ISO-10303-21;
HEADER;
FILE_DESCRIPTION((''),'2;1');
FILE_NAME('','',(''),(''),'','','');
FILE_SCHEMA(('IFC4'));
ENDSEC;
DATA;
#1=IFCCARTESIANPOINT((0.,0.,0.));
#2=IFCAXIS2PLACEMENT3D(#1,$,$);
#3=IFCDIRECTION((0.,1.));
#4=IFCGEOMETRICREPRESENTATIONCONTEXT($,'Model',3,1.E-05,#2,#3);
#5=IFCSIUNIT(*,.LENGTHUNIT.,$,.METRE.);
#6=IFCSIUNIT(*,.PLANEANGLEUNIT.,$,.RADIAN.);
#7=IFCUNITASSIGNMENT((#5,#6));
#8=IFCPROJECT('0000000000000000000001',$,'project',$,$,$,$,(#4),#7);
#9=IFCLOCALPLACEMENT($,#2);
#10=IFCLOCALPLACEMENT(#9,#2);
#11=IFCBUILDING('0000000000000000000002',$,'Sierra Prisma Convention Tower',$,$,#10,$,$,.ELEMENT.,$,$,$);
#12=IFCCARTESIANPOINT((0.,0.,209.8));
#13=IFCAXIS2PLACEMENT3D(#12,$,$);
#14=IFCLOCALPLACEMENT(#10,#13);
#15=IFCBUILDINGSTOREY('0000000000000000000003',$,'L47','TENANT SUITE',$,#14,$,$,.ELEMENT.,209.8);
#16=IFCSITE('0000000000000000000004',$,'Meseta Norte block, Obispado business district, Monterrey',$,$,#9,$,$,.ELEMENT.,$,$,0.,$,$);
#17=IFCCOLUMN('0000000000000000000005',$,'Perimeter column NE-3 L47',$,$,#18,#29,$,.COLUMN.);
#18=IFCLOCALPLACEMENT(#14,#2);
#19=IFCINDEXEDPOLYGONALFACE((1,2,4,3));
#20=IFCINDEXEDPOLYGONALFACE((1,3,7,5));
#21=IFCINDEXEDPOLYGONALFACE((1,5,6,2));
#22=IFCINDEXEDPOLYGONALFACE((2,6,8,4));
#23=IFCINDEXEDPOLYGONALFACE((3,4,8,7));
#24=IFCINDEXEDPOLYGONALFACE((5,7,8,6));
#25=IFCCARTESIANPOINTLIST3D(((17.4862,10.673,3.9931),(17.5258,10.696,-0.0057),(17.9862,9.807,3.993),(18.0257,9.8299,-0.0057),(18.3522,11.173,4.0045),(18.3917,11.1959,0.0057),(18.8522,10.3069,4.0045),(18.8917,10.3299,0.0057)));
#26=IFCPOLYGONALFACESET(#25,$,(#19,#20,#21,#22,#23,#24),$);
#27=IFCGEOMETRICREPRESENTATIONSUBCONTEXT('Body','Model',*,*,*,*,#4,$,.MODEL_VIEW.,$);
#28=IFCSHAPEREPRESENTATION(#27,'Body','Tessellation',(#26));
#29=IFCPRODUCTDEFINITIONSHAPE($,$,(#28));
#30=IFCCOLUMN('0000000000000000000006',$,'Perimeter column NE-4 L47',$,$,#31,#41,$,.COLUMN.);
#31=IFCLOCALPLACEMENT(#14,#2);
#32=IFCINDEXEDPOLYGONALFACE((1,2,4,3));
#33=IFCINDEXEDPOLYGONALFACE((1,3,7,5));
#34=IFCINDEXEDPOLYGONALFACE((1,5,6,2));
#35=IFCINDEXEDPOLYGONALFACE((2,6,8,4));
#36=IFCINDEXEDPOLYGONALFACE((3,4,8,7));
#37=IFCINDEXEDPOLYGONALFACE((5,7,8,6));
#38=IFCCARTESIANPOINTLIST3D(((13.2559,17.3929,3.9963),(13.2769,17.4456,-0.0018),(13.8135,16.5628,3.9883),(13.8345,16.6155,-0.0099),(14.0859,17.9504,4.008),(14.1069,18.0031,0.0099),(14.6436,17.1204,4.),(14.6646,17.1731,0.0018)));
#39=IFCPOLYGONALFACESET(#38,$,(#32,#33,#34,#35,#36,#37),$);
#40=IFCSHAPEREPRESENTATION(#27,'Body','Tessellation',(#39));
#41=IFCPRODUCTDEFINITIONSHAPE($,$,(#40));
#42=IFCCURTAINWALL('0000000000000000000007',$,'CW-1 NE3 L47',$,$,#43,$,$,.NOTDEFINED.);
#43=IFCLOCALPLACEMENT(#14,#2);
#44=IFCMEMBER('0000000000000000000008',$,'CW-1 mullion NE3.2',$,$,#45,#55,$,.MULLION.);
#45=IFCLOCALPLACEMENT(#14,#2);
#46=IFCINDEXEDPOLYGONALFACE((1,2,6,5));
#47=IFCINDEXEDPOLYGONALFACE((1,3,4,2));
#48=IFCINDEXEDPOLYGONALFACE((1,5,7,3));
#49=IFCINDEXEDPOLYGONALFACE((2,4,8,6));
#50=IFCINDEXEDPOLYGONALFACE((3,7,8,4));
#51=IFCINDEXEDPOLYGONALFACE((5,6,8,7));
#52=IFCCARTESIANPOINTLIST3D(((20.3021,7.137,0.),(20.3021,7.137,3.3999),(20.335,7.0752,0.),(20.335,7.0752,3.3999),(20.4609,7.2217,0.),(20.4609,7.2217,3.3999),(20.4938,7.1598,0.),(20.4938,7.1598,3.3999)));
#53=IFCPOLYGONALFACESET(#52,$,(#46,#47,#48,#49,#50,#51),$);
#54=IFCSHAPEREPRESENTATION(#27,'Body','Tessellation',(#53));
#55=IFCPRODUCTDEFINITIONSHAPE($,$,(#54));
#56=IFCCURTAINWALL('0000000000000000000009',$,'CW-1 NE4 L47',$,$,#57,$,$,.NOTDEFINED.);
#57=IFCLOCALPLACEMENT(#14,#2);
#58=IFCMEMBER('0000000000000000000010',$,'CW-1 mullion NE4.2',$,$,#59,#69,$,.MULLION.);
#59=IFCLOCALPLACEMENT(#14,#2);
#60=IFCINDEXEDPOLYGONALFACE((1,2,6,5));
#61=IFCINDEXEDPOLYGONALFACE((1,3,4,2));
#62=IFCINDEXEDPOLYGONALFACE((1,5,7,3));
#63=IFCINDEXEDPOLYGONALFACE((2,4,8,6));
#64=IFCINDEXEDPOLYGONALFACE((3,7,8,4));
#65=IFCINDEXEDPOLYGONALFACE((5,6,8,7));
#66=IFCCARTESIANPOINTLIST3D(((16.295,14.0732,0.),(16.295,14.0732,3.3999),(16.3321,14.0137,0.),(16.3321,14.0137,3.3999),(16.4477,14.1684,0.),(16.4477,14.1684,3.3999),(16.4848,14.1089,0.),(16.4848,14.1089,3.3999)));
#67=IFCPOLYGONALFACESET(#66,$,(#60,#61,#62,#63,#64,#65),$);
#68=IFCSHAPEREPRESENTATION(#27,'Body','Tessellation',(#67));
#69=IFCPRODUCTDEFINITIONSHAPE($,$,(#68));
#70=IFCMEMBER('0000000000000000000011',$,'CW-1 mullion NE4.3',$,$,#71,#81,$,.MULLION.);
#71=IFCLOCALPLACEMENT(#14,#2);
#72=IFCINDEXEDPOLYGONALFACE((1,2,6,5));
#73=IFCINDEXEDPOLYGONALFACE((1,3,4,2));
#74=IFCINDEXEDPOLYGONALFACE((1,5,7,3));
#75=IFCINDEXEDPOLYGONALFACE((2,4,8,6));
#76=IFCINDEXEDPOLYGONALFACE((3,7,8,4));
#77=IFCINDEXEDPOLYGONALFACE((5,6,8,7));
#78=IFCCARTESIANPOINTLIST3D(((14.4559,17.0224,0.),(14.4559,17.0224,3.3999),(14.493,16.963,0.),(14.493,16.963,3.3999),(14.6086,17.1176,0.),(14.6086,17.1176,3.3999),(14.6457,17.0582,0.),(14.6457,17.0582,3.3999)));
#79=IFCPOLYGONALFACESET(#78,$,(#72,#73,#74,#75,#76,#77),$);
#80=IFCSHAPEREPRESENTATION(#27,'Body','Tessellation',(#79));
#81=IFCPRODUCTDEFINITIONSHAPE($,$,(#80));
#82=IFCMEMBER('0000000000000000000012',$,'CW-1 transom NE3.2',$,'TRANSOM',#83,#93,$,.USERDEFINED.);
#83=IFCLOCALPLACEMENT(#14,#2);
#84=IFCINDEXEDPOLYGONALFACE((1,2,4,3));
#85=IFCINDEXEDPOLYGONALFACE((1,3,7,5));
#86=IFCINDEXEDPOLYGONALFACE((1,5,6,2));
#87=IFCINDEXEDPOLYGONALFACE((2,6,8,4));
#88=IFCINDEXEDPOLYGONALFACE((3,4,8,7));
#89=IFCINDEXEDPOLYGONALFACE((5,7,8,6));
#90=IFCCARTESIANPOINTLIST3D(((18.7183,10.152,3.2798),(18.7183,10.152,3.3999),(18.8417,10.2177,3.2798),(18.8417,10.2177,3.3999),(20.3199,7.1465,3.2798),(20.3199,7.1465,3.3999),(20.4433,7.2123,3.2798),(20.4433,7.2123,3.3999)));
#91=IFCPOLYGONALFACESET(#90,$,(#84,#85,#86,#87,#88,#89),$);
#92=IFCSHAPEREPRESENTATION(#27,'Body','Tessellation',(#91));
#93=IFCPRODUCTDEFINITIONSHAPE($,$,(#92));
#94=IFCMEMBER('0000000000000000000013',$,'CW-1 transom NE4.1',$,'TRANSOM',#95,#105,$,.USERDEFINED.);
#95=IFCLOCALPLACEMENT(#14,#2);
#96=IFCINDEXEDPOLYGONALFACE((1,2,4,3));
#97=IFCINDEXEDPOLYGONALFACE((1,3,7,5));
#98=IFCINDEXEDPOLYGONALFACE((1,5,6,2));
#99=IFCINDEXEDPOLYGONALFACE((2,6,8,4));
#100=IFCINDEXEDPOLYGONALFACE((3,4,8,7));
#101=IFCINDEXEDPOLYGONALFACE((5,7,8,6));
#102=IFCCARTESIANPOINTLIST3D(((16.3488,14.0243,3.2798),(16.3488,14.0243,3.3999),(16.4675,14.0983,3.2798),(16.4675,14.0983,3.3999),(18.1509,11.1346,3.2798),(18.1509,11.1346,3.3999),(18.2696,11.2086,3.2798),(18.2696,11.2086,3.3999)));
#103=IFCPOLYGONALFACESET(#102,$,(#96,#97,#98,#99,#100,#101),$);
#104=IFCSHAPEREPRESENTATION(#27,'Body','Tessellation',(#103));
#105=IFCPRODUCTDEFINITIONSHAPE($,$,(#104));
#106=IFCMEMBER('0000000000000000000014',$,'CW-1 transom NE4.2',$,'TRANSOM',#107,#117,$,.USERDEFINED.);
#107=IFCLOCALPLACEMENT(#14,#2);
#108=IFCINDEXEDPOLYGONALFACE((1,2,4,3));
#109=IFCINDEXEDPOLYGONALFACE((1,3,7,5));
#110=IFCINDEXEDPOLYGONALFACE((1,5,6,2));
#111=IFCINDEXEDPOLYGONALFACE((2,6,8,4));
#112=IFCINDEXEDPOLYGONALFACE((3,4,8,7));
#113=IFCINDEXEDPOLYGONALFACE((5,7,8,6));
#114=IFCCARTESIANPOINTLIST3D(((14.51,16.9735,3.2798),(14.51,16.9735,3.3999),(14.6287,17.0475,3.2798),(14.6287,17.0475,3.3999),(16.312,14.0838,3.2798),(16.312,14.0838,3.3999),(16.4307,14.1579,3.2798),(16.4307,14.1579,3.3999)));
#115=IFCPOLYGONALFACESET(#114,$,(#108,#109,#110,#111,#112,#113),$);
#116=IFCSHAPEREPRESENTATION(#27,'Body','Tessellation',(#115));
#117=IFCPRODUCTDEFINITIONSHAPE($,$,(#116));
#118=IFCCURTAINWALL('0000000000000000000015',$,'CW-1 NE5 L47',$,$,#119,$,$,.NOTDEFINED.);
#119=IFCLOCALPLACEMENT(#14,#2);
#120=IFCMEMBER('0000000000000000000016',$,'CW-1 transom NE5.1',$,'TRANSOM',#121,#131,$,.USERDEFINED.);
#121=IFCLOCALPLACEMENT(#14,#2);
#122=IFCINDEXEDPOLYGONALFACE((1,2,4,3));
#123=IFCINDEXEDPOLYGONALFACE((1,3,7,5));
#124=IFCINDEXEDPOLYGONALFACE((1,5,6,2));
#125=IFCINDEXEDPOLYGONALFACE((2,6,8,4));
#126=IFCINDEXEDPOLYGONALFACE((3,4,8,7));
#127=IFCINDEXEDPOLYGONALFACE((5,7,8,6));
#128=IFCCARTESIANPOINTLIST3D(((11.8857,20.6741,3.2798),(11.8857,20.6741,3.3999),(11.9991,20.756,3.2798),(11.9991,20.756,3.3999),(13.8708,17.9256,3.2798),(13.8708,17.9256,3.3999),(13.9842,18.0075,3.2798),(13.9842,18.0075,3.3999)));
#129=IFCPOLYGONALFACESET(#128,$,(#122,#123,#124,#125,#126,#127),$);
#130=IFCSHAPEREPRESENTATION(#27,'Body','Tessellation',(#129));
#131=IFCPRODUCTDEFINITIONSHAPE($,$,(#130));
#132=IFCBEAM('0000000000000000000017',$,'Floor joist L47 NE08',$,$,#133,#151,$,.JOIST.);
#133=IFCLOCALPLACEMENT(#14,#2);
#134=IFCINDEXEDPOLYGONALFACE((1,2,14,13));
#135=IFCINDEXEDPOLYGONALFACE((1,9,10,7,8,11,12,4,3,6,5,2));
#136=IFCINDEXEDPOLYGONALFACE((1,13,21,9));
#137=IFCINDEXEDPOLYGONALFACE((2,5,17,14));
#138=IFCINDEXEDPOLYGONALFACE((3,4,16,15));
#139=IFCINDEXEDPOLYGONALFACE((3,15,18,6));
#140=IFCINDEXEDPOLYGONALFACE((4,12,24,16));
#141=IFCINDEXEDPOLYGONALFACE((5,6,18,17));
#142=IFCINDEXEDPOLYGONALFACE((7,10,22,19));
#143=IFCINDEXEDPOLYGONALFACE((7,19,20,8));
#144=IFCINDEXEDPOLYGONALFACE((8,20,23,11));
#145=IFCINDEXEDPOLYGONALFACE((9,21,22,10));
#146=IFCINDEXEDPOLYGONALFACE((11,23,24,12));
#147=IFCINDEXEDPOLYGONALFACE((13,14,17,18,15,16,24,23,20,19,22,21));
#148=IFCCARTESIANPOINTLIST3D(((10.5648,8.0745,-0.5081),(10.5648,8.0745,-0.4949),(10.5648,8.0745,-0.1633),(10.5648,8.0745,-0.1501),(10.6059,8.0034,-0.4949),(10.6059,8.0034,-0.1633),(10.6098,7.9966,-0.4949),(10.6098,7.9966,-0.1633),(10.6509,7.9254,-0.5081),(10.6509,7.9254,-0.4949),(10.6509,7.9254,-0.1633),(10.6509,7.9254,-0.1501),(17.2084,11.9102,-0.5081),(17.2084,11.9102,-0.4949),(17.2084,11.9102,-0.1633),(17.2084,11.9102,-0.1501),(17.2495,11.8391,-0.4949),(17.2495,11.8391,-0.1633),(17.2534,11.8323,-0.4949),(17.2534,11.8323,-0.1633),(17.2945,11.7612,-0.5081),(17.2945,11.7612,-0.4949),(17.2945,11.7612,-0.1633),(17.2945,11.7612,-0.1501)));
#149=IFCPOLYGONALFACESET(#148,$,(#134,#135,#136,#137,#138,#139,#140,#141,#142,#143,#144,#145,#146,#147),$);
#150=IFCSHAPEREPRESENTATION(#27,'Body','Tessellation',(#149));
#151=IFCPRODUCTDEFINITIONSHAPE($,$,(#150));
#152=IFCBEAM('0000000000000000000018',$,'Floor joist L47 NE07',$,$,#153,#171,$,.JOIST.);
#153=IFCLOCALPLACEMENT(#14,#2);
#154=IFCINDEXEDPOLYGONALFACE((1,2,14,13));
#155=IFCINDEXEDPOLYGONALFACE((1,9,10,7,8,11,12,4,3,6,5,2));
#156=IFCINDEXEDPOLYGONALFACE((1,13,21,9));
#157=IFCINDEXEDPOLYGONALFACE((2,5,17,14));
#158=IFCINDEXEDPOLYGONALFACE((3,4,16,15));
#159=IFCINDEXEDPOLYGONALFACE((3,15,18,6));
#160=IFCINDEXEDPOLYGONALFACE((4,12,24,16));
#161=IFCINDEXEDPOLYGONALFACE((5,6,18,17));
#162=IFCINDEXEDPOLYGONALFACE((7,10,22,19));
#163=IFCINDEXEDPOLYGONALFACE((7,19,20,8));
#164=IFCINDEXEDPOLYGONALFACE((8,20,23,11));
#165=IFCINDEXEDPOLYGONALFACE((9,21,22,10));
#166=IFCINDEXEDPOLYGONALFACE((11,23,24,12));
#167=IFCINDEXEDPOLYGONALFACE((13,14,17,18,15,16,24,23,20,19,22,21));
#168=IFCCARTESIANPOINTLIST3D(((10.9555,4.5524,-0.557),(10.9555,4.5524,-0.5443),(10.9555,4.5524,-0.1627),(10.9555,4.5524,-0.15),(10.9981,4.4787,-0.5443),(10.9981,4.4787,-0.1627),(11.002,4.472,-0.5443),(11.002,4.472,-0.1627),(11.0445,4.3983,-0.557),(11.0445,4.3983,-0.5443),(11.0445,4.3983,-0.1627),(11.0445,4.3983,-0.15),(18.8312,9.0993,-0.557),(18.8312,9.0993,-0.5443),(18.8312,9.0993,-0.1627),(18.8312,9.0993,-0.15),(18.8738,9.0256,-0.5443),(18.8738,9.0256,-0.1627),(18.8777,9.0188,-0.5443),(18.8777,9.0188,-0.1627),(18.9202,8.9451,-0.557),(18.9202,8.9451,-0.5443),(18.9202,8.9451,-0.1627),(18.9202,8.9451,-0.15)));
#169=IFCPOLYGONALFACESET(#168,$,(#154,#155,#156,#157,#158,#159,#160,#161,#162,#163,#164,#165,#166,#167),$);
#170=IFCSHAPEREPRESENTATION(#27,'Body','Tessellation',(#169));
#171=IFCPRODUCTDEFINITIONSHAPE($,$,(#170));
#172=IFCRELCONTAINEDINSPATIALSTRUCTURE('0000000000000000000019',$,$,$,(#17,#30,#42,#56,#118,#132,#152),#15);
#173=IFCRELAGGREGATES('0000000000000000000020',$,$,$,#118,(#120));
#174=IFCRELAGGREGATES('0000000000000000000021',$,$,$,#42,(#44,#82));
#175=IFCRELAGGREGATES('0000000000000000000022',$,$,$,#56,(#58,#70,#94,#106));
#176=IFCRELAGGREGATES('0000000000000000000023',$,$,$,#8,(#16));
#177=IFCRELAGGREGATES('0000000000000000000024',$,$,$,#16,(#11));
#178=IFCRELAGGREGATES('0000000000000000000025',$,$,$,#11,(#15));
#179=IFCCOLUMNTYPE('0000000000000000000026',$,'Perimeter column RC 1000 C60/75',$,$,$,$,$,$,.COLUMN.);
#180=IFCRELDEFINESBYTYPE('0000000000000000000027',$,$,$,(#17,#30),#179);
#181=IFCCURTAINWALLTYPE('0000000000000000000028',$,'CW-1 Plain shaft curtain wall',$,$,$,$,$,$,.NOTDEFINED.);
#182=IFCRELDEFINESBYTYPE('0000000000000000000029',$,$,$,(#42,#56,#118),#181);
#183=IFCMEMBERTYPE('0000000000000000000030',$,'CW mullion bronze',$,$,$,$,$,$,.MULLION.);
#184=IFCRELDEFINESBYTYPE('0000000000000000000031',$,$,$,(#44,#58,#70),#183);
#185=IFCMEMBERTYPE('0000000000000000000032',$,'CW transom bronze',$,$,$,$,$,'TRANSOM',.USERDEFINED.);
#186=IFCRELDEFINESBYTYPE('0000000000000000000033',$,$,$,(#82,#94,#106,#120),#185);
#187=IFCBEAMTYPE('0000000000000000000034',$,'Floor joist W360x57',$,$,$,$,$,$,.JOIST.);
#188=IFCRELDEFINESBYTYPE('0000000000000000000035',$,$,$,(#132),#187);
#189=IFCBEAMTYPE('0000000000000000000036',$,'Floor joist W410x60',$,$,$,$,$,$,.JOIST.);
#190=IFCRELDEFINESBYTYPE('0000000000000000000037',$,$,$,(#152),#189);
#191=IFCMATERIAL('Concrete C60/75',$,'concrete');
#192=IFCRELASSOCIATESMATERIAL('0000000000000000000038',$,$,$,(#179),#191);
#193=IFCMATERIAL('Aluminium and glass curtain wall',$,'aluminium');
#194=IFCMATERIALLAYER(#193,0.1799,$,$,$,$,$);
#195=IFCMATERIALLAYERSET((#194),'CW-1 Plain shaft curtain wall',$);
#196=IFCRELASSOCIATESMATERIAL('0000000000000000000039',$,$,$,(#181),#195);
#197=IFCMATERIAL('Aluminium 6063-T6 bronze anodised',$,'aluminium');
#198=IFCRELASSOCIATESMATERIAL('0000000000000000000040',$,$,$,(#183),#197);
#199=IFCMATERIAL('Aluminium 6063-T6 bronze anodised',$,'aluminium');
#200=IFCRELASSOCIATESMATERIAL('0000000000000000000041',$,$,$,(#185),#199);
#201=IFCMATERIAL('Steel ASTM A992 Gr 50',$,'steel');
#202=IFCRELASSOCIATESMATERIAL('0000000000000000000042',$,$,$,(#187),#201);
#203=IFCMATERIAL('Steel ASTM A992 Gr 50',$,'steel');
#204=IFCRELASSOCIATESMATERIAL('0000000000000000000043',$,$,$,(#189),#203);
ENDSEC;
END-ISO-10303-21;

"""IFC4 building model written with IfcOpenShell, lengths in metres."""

from ifc_helpers import new_model, si_unit, direction, frame, origin, origin_2d, place, context, subcontext, project, spatial, rectangle, i_section, extrude, clip, halfspace, material, layer, layer_set, material_profile, profile_set, type_object, element, aggregate, save


model = new_model("IFC4")

# Units and contexts
model_context = context("Model", 3, precision=1e-05, world=origin(), true_north=direction((0.0, 1.0)))
body_context = subcontext(model_context, "Body", "Model", "MODEL_VIEW")
ifc_project = project(units=[si_unit("LENGTHUNIT", "METRE"), si_unit("PLANEANGLEUNIT", "RADIAN")], contexts=[model_context])

# Site, building, storey
site_placement = place(None, origin())
site = spatial("IfcSite", under=ifc_project, at=site_placement, Name="Meseta Norte block, Obispado business district, Monterrey", CompositionType="ELEMENT", RefElevation=0.0)
building_placement = place(site_placement, origin())
building = spatial("IfcBuilding", under=site, at=building_placement, Name="Sierra Prisma Convention Tower", CompositionType="ELEMENT")
storey_placement = place(building_placement, frame((0.0, 0.0, 209.8)))
storey = spatial("IfcBuildingStorey", under=building, at=storey_placement, Name="L47", Description="TENANT SUITE", CompositionType="ELEMENT", Elevation=209.8)

# Columns
ifc_material_1 = material(Name="Concrete C60/75", Category="concrete")
ifc_material_profile_1 = material_profile(ifc_material_1, rectangle(XDim=1.0, YDim=1.0, at=origin_2d()), Name="Perimeter column RC 1000 C60/75")
ifc_profile_set_1 = profile_set([ifc_material_profile_1], Name="Concrete C60/75")
column_type = type_object("IfcColumnType", Name="Perimeter column RC 1000 C60/75", PredefinedType="COLUMN", material=ifc_profile_set_1)
column_1_placement = place(storey_placement, frame((18.2087, 10.5129, 0.0), z_axis=(-0.009887, -0.005737, 0.999935), x_axis=(-0.499976, 0.86604, 0.000025)))
element("IfcColumn", 1, at=column_1_placement, inside=storey, type_object=column_type, Name="Perimeter column NE-3 L47", PredefinedType="COLUMN", context=body_context, shape_type="SweptSolid", body=[
    clip(extrude(rectangle(XDim=1.0, YDim=1.0, at=origin_2d()), origin(), (0.0, 0.0, 1.0), 4.0002), halfspace(frame((0.0, 0.0, 3.999)), False)),
])
column_2_placement = place(storey_placement, frame((13.9707, 17.3093, 0.0), z_axis=(-0.005248, -0.013182, 0.999899), x_axis=(-0.557639, 0.830045, 0.008016)))
element("IfcColumn", 2, at=column_2_placement, inside=storey, type_object=column_type, Name="Perimeter column NE-4 L47", PredefinedType="COLUMN", context=body_context, shape_type="SweptSolid", body=[
    clip(extrude(rectangle(XDim=1.0, YDim=1.0, at=origin_2d()), origin(), (0.0, 0.0, 1.0), 4.0005), halfspace(frame((0.0, 0.0, 3.9985)), False)),
])

# Curtain wall, member
ifc_material_2 = material(Name="Aluminium and glass curtain wall", Category="aluminium")
ifc_layer_1 = layer(ifc_material_2, 0.1799)
ifc_layer_set_1 = layer_set([ifc_layer_1], Name="CW-1 Plain shaft curtain wall")
curtain_wall_type = type_object("IfcCurtainWallType", Name="CW-1 Plain shaft curtain wall", PredefinedType="NOTDEFINED", material=ifc_layer_set_1)
curtain_wall_1_placement = place(storey_placement, origin())
curtain_wall_1 = element("IfcCurtainWall", 3, at=curtain_wall_1_placement, inside=storey, type_object=curtain_wall_type, Name="CW-1 NE3 L47", PredefinedType="NOTDEFINED")
ifc_material_3 = material(Name="Aluminium 6063-T6 bronze anodised", Category="aluminium")
ifc_material_profile_2 = material_profile(ifc_material_3, rectangle(XDim=0.1799, YDim=0.0701, at=origin_2d()), Name="ALU MULLION 70x180")
ifc_profile_set_2 = profile_set([ifc_material_profile_2], Name="Aluminium 6063-T6 bronze anodised")
member_type_1 = type_object("IfcMemberType", Name="CW mullion bronze", PredefinedType="MULLION", material=ifc_profile_set_2)
member_1_placement = place(storey_placement, frame((20.3979, 7.1484, 0.0), z_axis=(0.0, 0.0, 1.0), x_axis=(-0.882509, -0.470295, 0.0)))
member_1 = element("IfcMember", 4, at=member_1_placement, type_object=member_type_1, Name="CW-1 mullion NE3.2", PredefinedType="MULLION", context=body_context, shape_type="SweptSolid", body=[
    extrude(rectangle(XDim=0.1799, YDim=0.0701, at=origin_2d()), origin(), (0.0, 0.0, 1.0), 3.3999),
])

# Curtain wall, members
curtain_wall_2_placement = place(storey_placement, origin())
curtain_wall_2 = element("IfcCurtainWall", 5, at=curtain_wall_2_placement, inside=storey, type_object=curtain_wall_type, Name="CW-1 NE4 L47", PredefinedType="NOTDEFINED")
member_2_placement = place(storey_placement, frame((16.3899, 14.0911, 0.0), z_axis=(0.0, 0.0, 1.0), x_axis=(-0.848542, -0.529128, 0.0)))
member_2 = element("IfcMember", 6, at=member_2_placement, type_object=member_type_1, Name="CW-1 mullion NE4.2", PredefinedType="MULLION", context=body_context, shape_type="SweptSolid", body=[
    extrude(rectangle(XDim=0.1799, YDim=0.0701, at=origin_2d()), origin(), (0.0, 0.0, 1.0), 3.3999),
])
member_3_placement = place(storey_placement, frame((14.5508, 17.0403, 0.0), z_axis=(0.0, 0.0, 1.0), x_axis=(-0.848542, -0.529128, 0.0)))
member_3 = element("IfcMember", 7, at=member_3_placement, type_object=member_type_1, Name="CW-1 mullion NE4.3", PredefinedType="MULLION", context=body_context, shape_type="SweptSolid", body=[
    extrude(rectangle(XDim=0.1799, YDim=0.0701, at=origin_2d()), origin(), (0.0, 0.0, 1.0), 3.3999),
])

# Members
ifc_material_4 = material(Name="Aluminium 6063-T6 bronze anodised", Category="aluminium")
ifc_material_profile_3 = material_profile(ifc_material_4, rectangle(XDim=0.1399, YDim=0.1201, at=origin_2d()), Name="ALU TRANSOM 120x140")
ifc_profile_set_3 = profile_set([ifc_material_profile_3], Name="Aluminium 6063-T6 bronze anodised")
member_type_2 = type_object("IfcMemberType", Name="CW transom bronze", ElementType="TRANSOM", PredefinedType="USERDEFINED", material=ifc_profile_set_3)
member_4_placement = place(storey_placement, frame((20.3816, 7.1794, 3.3398), z_axis=(-0.470291, 0.882512, 0.0), x_axis=(-0.882512, -0.470291, 0.0)))
member_4 = element("IfcMember", 8, at=member_4_placement, type_object=member_type_2, Name="CW-1 transom NE3.2", ObjectType="TRANSOM", PredefinedType="USERDEFINED", context=body_context, shape_type="SweptSolid", body=[
    extrude(rectangle(XDim=0.1399, YDim=0.1201, at=origin_2d()), origin(), (0.0, 0.0, 1.0), 3.4055),
])
member_5_placement = place(storey_placement, frame((18.2102, 11.1716, 3.3398), z_axis=(-0.529148, 0.84853, 0.0), x_axis=(-0.84853, -0.529148, 0.0)))
member_5 = element("IfcMember", 9, at=member_5_placement, type_object=member_type_2, Name="CW-1 transom NE4.1", ObjectType="TRANSOM", PredefinedType="USERDEFINED", context=body_context, shape_type="SweptSolid", body=[
    extrude(rectangle(XDim=0.1399, YDim=0.1201, at=origin_2d()), origin(), (0.0, 0.0, 1.0), 3.4055),
])
member_6_placement = place(storey_placement, frame((16.3713, 14.1208, 3.3398), z_axis=(-0.529148, 0.84853, 0.0), x_axis=(-0.84853, -0.529148, 0.0)))
member_6 = element("IfcMember", 10, at=member_6_placement, type_object=member_type_2, Name="CW-1 transom NE4.2", ObjectType="TRANSOM", PredefinedType="USERDEFINED", context=body_context, shape_type="SweptSolid", body=[
    extrude(rectangle(XDim=0.1399, YDim=0.1201, at=origin_2d()), origin(), (0.0, 0.0, 1.0), 3.4055),
])

# Curtain wall, member
curtain_wall_3_placement = place(storey_placement, origin())
curtain_wall_3 = element("IfcCurtainWall", 11, at=curtain_wall_3_placement, inside=storey, type_object=curtain_wall_type, Name="CW-1 NE5 L47", PredefinedType="NOTDEFINED")
member_7_placement = place(storey_placement, frame((13.9275, 17.9666, 3.3398), z_axis=(-0.585501, 0.810672, 0.0), x_axis=(-0.810672, -0.585501, 0.0)))
member_7 = element("IfcMember", 12, at=member_7_placement, type_object=member_type_2, Name="CW-1 transom NE5.1", ObjectType="TRANSOM", PredefinedType="USERDEFINED", context=body_context, shape_type="SweptSolid", body=[
    extrude(rectangle(XDim=0.1399, YDim=0.1201, at=origin_2d()), origin(), (0.0, 0.0, 1.0), 3.3904),
])
aggregate(curtain_wall_3, [member_7])

# Beams
ifc_material_5 = material(Name="Steel ASTM A992 Gr 50", Category="steel")
ifc_material_profile_4 = material_profile(ifc_material_5, i_section(OverallWidth=0.1721, OverallDepth=0.3579, WebThickness=0.0078, FlangeThickness=0.0132, at=origin_2d()), Name="W360x57")
ifc_profile_set_4 = profile_set([ifc_material_profile_4], Name="Steel ASTM A992 Gr 50")
beam_type_1 = type_object("IfcBeamType", Name="Floor joist W360x57", PredefinedType="JOIST", material=ifc_profile_set_4)
beam_1_placement = place(storey_placement, frame((17.2515, 11.8357, -0.3291), z_axis=(-0.866023, -0.500003, 0.0), x_axis=(0.500003, -0.866023, 0.0)))
element("IfcBeam", 13, at=beam_1_placement, inside=storey, type_object=beam_type_1, Name="Floor joist L47 NE08", PredefinedType="JOIST", context=body_context, shape_type="SweptSolid", body=[
    extrude(i_section(OverallWidth=0.1721, OverallDepth=0.3579, WebThickness=0.0078, FlangeThickness=0.0132, at=origin_2d()), origin(), (0.0, 0.0, 1.0), 7.6714),
])
ifc_material_6 = material(Name="Steel ASTM A992 Gr 50", Category="steel")
ifc_material_profile_5 = material_profile(ifc_material_6, i_section(OverallWidth=0.178, OverallDepth=0.407, WebThickness=0.0078, FlangeThickness=0.0127, at=origin_2d()), Name="W410x60")
ifc_profile_set_5 = profile_set([ifc_material_profile_5], Name="Steel ASTM A992 Gr 50")
beam_type_2 = type_object("IfcBeamType", Name="Floor joist W410x60", PredefinedType="JOIST", material=ifc_profile_set_5)
beam_2_placement = place(storey_placement, frame((18.8757, 9.0222, -0.3535), z_axis=(-0.866034, -0.499985, 0.0), x_axis=(0.499985, -0.866034, 0.0)))
element("IfcBeam", 14, at=beam_2_placement, inside=storey, type_object=beam_type_2, Name="Floor joist L47 NE07", PredefinedType="JOIST", context=body_context, shape_type="SweptSolid", body=[
    extrude(i_section(OverallWidth=0.178, OverallDepth=0.407, WebThickness=0.0078, FlangeThickness=0.0127, at=origin_2d()), origin(), (0.0, 0.0, 1.0), 9.094),
])

aggregate(curtain_wall_1, [member_1, member_4])
aggregate(curtain_wall_2, [member_2, member_3, member_5, member_6])

save(model, "model.ifc")
